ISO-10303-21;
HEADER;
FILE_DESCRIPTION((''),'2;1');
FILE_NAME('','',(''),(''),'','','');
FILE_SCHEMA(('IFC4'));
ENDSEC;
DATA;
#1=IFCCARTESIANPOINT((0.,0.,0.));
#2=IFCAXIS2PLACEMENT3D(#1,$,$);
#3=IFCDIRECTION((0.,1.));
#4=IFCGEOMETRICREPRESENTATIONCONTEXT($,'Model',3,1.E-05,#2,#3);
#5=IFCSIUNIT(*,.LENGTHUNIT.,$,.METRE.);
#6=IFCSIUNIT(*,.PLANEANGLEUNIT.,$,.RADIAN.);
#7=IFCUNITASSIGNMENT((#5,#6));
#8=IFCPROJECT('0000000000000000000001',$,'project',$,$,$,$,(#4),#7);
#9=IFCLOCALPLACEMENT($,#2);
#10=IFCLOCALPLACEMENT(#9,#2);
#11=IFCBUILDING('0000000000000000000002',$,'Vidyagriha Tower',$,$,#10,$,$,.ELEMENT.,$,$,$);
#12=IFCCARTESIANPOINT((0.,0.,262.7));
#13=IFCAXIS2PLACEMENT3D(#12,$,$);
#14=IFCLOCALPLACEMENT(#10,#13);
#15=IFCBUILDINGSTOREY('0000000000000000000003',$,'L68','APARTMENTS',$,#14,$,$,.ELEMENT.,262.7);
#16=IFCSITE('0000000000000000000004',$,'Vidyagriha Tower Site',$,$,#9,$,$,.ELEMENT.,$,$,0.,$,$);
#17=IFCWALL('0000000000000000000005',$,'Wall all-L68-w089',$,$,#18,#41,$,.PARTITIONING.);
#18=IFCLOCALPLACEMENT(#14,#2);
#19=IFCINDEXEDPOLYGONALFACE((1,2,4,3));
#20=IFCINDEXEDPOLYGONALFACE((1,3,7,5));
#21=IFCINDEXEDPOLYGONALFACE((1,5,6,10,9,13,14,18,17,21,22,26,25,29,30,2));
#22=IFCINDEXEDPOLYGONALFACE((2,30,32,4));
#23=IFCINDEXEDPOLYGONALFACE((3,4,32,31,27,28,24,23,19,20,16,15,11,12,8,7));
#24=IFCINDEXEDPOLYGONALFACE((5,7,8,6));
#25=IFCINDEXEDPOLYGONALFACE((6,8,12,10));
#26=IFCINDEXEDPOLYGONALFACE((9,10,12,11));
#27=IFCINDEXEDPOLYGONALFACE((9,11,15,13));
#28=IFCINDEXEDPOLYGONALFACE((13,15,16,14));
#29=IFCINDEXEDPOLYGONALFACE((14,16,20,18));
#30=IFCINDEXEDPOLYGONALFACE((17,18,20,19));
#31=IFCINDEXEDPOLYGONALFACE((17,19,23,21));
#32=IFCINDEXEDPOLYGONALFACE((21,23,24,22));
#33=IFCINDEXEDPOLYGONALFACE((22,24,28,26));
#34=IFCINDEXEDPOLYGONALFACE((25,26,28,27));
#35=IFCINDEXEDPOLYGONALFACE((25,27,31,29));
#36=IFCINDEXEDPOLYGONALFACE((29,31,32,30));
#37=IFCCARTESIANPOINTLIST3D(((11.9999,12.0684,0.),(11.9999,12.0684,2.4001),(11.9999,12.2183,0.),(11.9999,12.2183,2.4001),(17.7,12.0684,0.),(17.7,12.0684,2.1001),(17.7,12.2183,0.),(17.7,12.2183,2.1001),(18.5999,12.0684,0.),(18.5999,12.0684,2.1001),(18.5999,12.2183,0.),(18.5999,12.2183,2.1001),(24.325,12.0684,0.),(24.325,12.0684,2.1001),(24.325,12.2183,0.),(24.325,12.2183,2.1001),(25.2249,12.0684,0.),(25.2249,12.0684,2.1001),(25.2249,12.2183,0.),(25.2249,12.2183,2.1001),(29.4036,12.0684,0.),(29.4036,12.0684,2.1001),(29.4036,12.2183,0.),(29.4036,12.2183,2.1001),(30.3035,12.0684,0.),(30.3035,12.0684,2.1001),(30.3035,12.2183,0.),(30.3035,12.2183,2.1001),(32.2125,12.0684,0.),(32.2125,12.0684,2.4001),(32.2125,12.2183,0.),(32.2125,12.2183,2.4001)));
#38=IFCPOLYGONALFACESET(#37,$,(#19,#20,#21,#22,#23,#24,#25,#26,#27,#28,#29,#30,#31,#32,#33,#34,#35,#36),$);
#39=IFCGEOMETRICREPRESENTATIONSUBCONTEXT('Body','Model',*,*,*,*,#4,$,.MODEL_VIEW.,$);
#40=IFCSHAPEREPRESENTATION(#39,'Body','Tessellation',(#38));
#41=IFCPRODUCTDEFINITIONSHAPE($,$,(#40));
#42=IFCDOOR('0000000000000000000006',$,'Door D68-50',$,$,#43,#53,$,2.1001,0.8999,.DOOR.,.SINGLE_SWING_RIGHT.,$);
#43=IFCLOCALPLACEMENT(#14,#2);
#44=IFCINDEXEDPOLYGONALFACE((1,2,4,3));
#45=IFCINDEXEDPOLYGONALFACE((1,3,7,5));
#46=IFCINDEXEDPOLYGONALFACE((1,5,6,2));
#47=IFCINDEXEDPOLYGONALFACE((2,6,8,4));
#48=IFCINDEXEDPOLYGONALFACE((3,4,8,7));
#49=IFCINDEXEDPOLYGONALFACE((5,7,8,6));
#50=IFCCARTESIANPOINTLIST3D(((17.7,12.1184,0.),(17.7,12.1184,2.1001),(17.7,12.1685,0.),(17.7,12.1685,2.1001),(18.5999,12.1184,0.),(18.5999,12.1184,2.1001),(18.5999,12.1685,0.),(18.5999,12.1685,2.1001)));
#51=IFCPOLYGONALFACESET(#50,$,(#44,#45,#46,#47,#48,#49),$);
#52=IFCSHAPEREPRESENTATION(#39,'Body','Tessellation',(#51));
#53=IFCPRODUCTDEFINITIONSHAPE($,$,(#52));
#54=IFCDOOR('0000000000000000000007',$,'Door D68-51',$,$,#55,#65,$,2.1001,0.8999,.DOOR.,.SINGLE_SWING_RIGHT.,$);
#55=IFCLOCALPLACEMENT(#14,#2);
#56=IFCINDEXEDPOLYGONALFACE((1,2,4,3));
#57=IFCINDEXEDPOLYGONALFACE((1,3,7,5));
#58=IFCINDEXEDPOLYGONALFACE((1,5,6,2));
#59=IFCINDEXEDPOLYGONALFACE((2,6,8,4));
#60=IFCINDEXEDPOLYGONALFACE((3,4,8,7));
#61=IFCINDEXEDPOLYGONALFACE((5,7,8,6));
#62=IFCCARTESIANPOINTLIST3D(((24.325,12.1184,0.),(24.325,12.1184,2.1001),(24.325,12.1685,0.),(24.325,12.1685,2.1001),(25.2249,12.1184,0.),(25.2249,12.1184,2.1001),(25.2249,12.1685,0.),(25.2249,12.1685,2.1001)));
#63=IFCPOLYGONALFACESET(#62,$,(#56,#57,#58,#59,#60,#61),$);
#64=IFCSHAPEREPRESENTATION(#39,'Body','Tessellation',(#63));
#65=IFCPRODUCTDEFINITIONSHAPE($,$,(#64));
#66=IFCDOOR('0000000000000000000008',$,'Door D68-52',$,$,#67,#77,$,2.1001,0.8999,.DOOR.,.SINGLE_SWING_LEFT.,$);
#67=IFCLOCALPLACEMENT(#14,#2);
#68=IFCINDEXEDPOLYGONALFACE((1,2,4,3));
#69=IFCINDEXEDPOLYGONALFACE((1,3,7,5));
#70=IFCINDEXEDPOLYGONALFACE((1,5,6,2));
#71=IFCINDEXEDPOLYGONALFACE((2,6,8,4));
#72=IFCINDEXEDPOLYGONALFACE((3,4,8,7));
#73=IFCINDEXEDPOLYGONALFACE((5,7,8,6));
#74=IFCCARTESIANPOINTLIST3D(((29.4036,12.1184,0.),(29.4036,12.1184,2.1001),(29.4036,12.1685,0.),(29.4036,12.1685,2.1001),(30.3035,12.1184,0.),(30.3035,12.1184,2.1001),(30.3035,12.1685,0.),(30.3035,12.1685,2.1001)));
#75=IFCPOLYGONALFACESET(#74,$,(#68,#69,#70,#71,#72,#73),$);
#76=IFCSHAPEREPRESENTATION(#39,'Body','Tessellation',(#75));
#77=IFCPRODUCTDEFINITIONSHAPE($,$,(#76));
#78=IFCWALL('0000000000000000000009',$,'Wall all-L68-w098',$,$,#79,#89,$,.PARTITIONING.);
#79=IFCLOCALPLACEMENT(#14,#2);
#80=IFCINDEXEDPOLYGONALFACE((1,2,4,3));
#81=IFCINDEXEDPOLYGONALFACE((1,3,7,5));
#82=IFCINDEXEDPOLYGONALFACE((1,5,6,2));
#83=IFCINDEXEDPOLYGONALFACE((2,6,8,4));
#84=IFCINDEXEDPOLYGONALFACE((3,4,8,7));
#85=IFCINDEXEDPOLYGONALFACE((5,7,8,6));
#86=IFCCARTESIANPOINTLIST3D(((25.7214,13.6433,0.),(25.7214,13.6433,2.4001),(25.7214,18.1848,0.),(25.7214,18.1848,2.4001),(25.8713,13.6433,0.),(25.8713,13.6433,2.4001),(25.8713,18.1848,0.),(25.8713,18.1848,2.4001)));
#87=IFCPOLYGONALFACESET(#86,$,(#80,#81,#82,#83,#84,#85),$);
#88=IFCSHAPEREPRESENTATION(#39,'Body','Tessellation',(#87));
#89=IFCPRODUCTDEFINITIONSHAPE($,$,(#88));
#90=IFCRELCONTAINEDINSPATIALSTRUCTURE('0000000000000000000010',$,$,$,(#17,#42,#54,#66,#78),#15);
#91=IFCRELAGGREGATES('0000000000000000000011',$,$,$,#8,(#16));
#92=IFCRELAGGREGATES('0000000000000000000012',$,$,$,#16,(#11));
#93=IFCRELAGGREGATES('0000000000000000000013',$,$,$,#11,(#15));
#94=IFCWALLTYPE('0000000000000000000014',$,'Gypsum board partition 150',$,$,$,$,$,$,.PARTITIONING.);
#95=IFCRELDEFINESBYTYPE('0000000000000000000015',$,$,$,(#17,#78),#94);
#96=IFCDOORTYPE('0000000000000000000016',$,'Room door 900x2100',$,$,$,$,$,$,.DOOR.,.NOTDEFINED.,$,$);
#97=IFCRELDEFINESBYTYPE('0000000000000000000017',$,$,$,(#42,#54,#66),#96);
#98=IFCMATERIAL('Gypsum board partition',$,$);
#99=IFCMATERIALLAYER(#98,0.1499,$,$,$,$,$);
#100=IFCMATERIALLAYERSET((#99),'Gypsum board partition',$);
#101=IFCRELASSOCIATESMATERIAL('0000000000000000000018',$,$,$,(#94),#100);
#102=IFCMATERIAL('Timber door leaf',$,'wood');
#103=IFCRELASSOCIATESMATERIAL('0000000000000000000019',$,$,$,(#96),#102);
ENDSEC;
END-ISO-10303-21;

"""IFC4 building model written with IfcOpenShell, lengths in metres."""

from ifc_helpers import new_model, si_unit, direction, frame, frame_2d, origin, place, context, subcontext, project, spatial, rectangle, extrude, material, layer, layer_set, type_object, element, fill, save


model = new_model("IFC4")

# Units and contexts
model_context = context("Model", 3, precision=1e-05, world=origin(), true_north=direction((0.0, 1.0)))
body_context = subcontext(model_context, "Body", "Model", "MODEL_VIEW")
ifc_project = project(units=[si_unit("LENGTHUNIT", "METRE"), si_unit("PLANEANGLEUNIT", "RADIAN")], contexts=[model_context])

# Site, building, storey
site_placement = place(None, origin())
site = spatial("IfcSite", under=ifc_project, at=site_placement, Name="Vidyagriha Tower Site", CompositionType="ELEMENT", RefElevation=0.0)
building_placement = place(site_placement, origin())
building = spatial("IfcBuilding", under=site, at=building_placement, Name="Vidyagriha Tower", CompositionType="ELEMENT")
storey_placement = place(building_placement, frame((0.0, 0.0, 262.7)))
storey = spatial("IfcBuildingStorey", under=building, at=storey_placement, Name="L68", Description="APARTMENTS", CompositionType="ELEMENT", Elevation=262.7)

# Wall, openings, doors
ifc_material_1 = material(Name="Gypsum board partition")
ifc_layer_1 = layer(ifc_material_1, 0.1499)
ifc_layer_set_1 = layer_set([ifc_layer_1], Name="Gypsum board partition")
wall_type_1 = type_object("IfcWallType", Name="Gypsum board partition 150", PredefinedType="PARTITIONING", material=ifc_layer_set_1)
wall_1_placement = place(storey_placement, frame((32.2126, 12.1433, 0.0), z_axis=(0.0, 0.0, 1.0), x_axis=(-1.0, 0.0, 0.0)))
wall_1 = element("IfcWall", 1, at=wall_1_placement, inside=storey, type_object=wall_type_1, Name="Wall all-L68-w089", PredefinedType="PARTITIONING", context=body_context, shape_type="SweptSolid", body=[
    extrude(rectangle(XDim=20.2126, YDim=0.1499, at=frame_2d((10.1064, 0.0))), origin(), (0.0, 0.0, 1.0), 2.4001),
])
opening_1_placement = place(wall_1_placement, frame((13.6128, 0.0, 0.0)))
opening_1 = element("IfcOpeningElement", 2, at=opening_1_placement, cuts=wall_1, PredefinedType="OPENING", context=body_context, shape_type="SweptSolid", body=[
    extrude(rectangle(XDim=0.8999, YDim=2.1001, at=frame_2d((0.45, 1.05))), frame((0.0, 0.085, 0.0), z_axis=(0.0, -1.0, 0.0), x_axis=(1.0, 0.0, 0.0)), (0.0, 0.0, 1.0), 0.1699),
])
opening_2_placement = place(wall_1_placement, frame((6.9878, 0.0, 0.0)))
opening_2 = element("IfcOpeningElement", 3, at=opening_2_placement, cuts=wall_1, PredefinedType="OPENING", context=body_context, shape_type="SweptSolid", body=[
    extrude(rectangle(XDim=0.8999, YDim=2.1001, at=frame_2d((0.45, 1.05))), frame((0.0, 0.085, 0.0), z_axis=(0.0, -1.0, 0.0), x_axis=(1.0, 0.0, 0.0)), (0.0, 0.0, 1.0), 0.1699),
])
opening_3_placement = place(wall_1_placement, frame((1.9092, 0.0, 0.0)))
opening_3 = element("IfcOpeningElement", 4, at=opening_3_placement, cuts=wall_1, PredefinedType="OPENING", context=body_context, shape_type="SweptSolid", body=[
    extrude(rectangle(XDim=0.8999, YDim=2.1001, at=frame_2d((0.45, 1.05))), frame((0.0, 0.085, 0.0), z_axis=(0.0, -1.0, 0.0), x_axis=(1.0, 0.0, 0.0)), (0.0, 0.0, 1.0), 0.1699),
])
ifc_material_2 = material(Name="Timber door leaf", Category="wood")
door_type = type_object("IfcDoorType", Name="Room door 900x2100", OperationType="NOTDEFINED", PredefinedType="DOOR", material=ifc_material_2)
door_1_placement = place(opening_1_placement, origin())
door_1 = element("IfcDoor", 5, at=door_1_placement, inside=storey, type_object=door_type, Name="Door D68-50", OperationType="SINGLE_SWING_RIGHT", OverallHeight=2.1001, OverallWidth=0.8999, PredefinedType="DOOR", context=body_context, shape_type="SweptSolid", body=[
    extrude(rectangle(XDim=0.8999, YDim=2.1001, at=frame_2d((0.45, 1.05))), frame((0.0, 0.0249, 0.0), z_axis=(0.0, -1.0, 0.0), x_axis=(1.0, 0.0, 0.0)), (0.0, 0.0, 1.0), 0.05),
])
fill(opening_1, door_1)
door_2_placement = place(opening_2_placement, origin())
door_2 = element("IfcDoor", 6, at=door_2_placement, inside=storey, type_object=door_type, Name="Door D68-51", OperationType="SINGLE_SWING_RIGHT", OverallHeight=2.1001, OverallWidth=0.8999, PredefinedType="DOOR", context=body_context, shape_type="SweptSolid", body=[
    extrude(rectangle(XDim=0.8999, YDim=2.1001, at=frame_2d((0.45, 1.05))), frame((0.0, 0.0249, 0.0), z_axis=(0.0, -1.0, 0.0), x_axis=(1.0, 0.0, 0.0)), (0.0, 0.0, 1.0), 0.05),
])
fill(opening_2, door_2)
door_3_placement = place(opening_3_placement, origin())
door_3 = element("IfcDoor", 7, at=door_3_placement, inside=storey, type_object=door_type, Name="Door D68-52", OperationType="SINGLE_SWING_LEFT", OverallHeight=2.1001, OverallWidth=0.8999, PredefinedType="DOOR", context=body_context, shape_type="SweptSolid", body=[
    extrude(rectangle(XDim=0.8999, YDim=2.1001, at=frame_2d((0.45, 1.05))), frame((0.0, 0.0249, 0.0), z_axis=(0.0, -1.0, 0.0), x_axis=(1.0, 0.0, 0.0)), (0.0, 0.0, 1.0), 0.05),
])
fill(opening_3, door_3)

# Wall
wall_2_placement = place(storey_placement, frame((25.7964, 18.1848, 0.0), z_axis=(0.0, 0.0, 1.0), x_axis=(0.0, -1.0, 0.0)))
element("IfcWall", 8, at=wall_2_placement, inside=storey, type_object=wall_type_1, Name="Wall all-L68-w098", PredefinedType="PARTITIONING", context=body_context, shape_type="SweptSolid", body=[
    extrude(rectangle(XDim=4.5415, YDim=0.1499, at=frame_2d((2.2708, 0.0))), origin(), (0.0, 0.0, 1.0), 2.4001),
])

save(model, "model.ifc")
